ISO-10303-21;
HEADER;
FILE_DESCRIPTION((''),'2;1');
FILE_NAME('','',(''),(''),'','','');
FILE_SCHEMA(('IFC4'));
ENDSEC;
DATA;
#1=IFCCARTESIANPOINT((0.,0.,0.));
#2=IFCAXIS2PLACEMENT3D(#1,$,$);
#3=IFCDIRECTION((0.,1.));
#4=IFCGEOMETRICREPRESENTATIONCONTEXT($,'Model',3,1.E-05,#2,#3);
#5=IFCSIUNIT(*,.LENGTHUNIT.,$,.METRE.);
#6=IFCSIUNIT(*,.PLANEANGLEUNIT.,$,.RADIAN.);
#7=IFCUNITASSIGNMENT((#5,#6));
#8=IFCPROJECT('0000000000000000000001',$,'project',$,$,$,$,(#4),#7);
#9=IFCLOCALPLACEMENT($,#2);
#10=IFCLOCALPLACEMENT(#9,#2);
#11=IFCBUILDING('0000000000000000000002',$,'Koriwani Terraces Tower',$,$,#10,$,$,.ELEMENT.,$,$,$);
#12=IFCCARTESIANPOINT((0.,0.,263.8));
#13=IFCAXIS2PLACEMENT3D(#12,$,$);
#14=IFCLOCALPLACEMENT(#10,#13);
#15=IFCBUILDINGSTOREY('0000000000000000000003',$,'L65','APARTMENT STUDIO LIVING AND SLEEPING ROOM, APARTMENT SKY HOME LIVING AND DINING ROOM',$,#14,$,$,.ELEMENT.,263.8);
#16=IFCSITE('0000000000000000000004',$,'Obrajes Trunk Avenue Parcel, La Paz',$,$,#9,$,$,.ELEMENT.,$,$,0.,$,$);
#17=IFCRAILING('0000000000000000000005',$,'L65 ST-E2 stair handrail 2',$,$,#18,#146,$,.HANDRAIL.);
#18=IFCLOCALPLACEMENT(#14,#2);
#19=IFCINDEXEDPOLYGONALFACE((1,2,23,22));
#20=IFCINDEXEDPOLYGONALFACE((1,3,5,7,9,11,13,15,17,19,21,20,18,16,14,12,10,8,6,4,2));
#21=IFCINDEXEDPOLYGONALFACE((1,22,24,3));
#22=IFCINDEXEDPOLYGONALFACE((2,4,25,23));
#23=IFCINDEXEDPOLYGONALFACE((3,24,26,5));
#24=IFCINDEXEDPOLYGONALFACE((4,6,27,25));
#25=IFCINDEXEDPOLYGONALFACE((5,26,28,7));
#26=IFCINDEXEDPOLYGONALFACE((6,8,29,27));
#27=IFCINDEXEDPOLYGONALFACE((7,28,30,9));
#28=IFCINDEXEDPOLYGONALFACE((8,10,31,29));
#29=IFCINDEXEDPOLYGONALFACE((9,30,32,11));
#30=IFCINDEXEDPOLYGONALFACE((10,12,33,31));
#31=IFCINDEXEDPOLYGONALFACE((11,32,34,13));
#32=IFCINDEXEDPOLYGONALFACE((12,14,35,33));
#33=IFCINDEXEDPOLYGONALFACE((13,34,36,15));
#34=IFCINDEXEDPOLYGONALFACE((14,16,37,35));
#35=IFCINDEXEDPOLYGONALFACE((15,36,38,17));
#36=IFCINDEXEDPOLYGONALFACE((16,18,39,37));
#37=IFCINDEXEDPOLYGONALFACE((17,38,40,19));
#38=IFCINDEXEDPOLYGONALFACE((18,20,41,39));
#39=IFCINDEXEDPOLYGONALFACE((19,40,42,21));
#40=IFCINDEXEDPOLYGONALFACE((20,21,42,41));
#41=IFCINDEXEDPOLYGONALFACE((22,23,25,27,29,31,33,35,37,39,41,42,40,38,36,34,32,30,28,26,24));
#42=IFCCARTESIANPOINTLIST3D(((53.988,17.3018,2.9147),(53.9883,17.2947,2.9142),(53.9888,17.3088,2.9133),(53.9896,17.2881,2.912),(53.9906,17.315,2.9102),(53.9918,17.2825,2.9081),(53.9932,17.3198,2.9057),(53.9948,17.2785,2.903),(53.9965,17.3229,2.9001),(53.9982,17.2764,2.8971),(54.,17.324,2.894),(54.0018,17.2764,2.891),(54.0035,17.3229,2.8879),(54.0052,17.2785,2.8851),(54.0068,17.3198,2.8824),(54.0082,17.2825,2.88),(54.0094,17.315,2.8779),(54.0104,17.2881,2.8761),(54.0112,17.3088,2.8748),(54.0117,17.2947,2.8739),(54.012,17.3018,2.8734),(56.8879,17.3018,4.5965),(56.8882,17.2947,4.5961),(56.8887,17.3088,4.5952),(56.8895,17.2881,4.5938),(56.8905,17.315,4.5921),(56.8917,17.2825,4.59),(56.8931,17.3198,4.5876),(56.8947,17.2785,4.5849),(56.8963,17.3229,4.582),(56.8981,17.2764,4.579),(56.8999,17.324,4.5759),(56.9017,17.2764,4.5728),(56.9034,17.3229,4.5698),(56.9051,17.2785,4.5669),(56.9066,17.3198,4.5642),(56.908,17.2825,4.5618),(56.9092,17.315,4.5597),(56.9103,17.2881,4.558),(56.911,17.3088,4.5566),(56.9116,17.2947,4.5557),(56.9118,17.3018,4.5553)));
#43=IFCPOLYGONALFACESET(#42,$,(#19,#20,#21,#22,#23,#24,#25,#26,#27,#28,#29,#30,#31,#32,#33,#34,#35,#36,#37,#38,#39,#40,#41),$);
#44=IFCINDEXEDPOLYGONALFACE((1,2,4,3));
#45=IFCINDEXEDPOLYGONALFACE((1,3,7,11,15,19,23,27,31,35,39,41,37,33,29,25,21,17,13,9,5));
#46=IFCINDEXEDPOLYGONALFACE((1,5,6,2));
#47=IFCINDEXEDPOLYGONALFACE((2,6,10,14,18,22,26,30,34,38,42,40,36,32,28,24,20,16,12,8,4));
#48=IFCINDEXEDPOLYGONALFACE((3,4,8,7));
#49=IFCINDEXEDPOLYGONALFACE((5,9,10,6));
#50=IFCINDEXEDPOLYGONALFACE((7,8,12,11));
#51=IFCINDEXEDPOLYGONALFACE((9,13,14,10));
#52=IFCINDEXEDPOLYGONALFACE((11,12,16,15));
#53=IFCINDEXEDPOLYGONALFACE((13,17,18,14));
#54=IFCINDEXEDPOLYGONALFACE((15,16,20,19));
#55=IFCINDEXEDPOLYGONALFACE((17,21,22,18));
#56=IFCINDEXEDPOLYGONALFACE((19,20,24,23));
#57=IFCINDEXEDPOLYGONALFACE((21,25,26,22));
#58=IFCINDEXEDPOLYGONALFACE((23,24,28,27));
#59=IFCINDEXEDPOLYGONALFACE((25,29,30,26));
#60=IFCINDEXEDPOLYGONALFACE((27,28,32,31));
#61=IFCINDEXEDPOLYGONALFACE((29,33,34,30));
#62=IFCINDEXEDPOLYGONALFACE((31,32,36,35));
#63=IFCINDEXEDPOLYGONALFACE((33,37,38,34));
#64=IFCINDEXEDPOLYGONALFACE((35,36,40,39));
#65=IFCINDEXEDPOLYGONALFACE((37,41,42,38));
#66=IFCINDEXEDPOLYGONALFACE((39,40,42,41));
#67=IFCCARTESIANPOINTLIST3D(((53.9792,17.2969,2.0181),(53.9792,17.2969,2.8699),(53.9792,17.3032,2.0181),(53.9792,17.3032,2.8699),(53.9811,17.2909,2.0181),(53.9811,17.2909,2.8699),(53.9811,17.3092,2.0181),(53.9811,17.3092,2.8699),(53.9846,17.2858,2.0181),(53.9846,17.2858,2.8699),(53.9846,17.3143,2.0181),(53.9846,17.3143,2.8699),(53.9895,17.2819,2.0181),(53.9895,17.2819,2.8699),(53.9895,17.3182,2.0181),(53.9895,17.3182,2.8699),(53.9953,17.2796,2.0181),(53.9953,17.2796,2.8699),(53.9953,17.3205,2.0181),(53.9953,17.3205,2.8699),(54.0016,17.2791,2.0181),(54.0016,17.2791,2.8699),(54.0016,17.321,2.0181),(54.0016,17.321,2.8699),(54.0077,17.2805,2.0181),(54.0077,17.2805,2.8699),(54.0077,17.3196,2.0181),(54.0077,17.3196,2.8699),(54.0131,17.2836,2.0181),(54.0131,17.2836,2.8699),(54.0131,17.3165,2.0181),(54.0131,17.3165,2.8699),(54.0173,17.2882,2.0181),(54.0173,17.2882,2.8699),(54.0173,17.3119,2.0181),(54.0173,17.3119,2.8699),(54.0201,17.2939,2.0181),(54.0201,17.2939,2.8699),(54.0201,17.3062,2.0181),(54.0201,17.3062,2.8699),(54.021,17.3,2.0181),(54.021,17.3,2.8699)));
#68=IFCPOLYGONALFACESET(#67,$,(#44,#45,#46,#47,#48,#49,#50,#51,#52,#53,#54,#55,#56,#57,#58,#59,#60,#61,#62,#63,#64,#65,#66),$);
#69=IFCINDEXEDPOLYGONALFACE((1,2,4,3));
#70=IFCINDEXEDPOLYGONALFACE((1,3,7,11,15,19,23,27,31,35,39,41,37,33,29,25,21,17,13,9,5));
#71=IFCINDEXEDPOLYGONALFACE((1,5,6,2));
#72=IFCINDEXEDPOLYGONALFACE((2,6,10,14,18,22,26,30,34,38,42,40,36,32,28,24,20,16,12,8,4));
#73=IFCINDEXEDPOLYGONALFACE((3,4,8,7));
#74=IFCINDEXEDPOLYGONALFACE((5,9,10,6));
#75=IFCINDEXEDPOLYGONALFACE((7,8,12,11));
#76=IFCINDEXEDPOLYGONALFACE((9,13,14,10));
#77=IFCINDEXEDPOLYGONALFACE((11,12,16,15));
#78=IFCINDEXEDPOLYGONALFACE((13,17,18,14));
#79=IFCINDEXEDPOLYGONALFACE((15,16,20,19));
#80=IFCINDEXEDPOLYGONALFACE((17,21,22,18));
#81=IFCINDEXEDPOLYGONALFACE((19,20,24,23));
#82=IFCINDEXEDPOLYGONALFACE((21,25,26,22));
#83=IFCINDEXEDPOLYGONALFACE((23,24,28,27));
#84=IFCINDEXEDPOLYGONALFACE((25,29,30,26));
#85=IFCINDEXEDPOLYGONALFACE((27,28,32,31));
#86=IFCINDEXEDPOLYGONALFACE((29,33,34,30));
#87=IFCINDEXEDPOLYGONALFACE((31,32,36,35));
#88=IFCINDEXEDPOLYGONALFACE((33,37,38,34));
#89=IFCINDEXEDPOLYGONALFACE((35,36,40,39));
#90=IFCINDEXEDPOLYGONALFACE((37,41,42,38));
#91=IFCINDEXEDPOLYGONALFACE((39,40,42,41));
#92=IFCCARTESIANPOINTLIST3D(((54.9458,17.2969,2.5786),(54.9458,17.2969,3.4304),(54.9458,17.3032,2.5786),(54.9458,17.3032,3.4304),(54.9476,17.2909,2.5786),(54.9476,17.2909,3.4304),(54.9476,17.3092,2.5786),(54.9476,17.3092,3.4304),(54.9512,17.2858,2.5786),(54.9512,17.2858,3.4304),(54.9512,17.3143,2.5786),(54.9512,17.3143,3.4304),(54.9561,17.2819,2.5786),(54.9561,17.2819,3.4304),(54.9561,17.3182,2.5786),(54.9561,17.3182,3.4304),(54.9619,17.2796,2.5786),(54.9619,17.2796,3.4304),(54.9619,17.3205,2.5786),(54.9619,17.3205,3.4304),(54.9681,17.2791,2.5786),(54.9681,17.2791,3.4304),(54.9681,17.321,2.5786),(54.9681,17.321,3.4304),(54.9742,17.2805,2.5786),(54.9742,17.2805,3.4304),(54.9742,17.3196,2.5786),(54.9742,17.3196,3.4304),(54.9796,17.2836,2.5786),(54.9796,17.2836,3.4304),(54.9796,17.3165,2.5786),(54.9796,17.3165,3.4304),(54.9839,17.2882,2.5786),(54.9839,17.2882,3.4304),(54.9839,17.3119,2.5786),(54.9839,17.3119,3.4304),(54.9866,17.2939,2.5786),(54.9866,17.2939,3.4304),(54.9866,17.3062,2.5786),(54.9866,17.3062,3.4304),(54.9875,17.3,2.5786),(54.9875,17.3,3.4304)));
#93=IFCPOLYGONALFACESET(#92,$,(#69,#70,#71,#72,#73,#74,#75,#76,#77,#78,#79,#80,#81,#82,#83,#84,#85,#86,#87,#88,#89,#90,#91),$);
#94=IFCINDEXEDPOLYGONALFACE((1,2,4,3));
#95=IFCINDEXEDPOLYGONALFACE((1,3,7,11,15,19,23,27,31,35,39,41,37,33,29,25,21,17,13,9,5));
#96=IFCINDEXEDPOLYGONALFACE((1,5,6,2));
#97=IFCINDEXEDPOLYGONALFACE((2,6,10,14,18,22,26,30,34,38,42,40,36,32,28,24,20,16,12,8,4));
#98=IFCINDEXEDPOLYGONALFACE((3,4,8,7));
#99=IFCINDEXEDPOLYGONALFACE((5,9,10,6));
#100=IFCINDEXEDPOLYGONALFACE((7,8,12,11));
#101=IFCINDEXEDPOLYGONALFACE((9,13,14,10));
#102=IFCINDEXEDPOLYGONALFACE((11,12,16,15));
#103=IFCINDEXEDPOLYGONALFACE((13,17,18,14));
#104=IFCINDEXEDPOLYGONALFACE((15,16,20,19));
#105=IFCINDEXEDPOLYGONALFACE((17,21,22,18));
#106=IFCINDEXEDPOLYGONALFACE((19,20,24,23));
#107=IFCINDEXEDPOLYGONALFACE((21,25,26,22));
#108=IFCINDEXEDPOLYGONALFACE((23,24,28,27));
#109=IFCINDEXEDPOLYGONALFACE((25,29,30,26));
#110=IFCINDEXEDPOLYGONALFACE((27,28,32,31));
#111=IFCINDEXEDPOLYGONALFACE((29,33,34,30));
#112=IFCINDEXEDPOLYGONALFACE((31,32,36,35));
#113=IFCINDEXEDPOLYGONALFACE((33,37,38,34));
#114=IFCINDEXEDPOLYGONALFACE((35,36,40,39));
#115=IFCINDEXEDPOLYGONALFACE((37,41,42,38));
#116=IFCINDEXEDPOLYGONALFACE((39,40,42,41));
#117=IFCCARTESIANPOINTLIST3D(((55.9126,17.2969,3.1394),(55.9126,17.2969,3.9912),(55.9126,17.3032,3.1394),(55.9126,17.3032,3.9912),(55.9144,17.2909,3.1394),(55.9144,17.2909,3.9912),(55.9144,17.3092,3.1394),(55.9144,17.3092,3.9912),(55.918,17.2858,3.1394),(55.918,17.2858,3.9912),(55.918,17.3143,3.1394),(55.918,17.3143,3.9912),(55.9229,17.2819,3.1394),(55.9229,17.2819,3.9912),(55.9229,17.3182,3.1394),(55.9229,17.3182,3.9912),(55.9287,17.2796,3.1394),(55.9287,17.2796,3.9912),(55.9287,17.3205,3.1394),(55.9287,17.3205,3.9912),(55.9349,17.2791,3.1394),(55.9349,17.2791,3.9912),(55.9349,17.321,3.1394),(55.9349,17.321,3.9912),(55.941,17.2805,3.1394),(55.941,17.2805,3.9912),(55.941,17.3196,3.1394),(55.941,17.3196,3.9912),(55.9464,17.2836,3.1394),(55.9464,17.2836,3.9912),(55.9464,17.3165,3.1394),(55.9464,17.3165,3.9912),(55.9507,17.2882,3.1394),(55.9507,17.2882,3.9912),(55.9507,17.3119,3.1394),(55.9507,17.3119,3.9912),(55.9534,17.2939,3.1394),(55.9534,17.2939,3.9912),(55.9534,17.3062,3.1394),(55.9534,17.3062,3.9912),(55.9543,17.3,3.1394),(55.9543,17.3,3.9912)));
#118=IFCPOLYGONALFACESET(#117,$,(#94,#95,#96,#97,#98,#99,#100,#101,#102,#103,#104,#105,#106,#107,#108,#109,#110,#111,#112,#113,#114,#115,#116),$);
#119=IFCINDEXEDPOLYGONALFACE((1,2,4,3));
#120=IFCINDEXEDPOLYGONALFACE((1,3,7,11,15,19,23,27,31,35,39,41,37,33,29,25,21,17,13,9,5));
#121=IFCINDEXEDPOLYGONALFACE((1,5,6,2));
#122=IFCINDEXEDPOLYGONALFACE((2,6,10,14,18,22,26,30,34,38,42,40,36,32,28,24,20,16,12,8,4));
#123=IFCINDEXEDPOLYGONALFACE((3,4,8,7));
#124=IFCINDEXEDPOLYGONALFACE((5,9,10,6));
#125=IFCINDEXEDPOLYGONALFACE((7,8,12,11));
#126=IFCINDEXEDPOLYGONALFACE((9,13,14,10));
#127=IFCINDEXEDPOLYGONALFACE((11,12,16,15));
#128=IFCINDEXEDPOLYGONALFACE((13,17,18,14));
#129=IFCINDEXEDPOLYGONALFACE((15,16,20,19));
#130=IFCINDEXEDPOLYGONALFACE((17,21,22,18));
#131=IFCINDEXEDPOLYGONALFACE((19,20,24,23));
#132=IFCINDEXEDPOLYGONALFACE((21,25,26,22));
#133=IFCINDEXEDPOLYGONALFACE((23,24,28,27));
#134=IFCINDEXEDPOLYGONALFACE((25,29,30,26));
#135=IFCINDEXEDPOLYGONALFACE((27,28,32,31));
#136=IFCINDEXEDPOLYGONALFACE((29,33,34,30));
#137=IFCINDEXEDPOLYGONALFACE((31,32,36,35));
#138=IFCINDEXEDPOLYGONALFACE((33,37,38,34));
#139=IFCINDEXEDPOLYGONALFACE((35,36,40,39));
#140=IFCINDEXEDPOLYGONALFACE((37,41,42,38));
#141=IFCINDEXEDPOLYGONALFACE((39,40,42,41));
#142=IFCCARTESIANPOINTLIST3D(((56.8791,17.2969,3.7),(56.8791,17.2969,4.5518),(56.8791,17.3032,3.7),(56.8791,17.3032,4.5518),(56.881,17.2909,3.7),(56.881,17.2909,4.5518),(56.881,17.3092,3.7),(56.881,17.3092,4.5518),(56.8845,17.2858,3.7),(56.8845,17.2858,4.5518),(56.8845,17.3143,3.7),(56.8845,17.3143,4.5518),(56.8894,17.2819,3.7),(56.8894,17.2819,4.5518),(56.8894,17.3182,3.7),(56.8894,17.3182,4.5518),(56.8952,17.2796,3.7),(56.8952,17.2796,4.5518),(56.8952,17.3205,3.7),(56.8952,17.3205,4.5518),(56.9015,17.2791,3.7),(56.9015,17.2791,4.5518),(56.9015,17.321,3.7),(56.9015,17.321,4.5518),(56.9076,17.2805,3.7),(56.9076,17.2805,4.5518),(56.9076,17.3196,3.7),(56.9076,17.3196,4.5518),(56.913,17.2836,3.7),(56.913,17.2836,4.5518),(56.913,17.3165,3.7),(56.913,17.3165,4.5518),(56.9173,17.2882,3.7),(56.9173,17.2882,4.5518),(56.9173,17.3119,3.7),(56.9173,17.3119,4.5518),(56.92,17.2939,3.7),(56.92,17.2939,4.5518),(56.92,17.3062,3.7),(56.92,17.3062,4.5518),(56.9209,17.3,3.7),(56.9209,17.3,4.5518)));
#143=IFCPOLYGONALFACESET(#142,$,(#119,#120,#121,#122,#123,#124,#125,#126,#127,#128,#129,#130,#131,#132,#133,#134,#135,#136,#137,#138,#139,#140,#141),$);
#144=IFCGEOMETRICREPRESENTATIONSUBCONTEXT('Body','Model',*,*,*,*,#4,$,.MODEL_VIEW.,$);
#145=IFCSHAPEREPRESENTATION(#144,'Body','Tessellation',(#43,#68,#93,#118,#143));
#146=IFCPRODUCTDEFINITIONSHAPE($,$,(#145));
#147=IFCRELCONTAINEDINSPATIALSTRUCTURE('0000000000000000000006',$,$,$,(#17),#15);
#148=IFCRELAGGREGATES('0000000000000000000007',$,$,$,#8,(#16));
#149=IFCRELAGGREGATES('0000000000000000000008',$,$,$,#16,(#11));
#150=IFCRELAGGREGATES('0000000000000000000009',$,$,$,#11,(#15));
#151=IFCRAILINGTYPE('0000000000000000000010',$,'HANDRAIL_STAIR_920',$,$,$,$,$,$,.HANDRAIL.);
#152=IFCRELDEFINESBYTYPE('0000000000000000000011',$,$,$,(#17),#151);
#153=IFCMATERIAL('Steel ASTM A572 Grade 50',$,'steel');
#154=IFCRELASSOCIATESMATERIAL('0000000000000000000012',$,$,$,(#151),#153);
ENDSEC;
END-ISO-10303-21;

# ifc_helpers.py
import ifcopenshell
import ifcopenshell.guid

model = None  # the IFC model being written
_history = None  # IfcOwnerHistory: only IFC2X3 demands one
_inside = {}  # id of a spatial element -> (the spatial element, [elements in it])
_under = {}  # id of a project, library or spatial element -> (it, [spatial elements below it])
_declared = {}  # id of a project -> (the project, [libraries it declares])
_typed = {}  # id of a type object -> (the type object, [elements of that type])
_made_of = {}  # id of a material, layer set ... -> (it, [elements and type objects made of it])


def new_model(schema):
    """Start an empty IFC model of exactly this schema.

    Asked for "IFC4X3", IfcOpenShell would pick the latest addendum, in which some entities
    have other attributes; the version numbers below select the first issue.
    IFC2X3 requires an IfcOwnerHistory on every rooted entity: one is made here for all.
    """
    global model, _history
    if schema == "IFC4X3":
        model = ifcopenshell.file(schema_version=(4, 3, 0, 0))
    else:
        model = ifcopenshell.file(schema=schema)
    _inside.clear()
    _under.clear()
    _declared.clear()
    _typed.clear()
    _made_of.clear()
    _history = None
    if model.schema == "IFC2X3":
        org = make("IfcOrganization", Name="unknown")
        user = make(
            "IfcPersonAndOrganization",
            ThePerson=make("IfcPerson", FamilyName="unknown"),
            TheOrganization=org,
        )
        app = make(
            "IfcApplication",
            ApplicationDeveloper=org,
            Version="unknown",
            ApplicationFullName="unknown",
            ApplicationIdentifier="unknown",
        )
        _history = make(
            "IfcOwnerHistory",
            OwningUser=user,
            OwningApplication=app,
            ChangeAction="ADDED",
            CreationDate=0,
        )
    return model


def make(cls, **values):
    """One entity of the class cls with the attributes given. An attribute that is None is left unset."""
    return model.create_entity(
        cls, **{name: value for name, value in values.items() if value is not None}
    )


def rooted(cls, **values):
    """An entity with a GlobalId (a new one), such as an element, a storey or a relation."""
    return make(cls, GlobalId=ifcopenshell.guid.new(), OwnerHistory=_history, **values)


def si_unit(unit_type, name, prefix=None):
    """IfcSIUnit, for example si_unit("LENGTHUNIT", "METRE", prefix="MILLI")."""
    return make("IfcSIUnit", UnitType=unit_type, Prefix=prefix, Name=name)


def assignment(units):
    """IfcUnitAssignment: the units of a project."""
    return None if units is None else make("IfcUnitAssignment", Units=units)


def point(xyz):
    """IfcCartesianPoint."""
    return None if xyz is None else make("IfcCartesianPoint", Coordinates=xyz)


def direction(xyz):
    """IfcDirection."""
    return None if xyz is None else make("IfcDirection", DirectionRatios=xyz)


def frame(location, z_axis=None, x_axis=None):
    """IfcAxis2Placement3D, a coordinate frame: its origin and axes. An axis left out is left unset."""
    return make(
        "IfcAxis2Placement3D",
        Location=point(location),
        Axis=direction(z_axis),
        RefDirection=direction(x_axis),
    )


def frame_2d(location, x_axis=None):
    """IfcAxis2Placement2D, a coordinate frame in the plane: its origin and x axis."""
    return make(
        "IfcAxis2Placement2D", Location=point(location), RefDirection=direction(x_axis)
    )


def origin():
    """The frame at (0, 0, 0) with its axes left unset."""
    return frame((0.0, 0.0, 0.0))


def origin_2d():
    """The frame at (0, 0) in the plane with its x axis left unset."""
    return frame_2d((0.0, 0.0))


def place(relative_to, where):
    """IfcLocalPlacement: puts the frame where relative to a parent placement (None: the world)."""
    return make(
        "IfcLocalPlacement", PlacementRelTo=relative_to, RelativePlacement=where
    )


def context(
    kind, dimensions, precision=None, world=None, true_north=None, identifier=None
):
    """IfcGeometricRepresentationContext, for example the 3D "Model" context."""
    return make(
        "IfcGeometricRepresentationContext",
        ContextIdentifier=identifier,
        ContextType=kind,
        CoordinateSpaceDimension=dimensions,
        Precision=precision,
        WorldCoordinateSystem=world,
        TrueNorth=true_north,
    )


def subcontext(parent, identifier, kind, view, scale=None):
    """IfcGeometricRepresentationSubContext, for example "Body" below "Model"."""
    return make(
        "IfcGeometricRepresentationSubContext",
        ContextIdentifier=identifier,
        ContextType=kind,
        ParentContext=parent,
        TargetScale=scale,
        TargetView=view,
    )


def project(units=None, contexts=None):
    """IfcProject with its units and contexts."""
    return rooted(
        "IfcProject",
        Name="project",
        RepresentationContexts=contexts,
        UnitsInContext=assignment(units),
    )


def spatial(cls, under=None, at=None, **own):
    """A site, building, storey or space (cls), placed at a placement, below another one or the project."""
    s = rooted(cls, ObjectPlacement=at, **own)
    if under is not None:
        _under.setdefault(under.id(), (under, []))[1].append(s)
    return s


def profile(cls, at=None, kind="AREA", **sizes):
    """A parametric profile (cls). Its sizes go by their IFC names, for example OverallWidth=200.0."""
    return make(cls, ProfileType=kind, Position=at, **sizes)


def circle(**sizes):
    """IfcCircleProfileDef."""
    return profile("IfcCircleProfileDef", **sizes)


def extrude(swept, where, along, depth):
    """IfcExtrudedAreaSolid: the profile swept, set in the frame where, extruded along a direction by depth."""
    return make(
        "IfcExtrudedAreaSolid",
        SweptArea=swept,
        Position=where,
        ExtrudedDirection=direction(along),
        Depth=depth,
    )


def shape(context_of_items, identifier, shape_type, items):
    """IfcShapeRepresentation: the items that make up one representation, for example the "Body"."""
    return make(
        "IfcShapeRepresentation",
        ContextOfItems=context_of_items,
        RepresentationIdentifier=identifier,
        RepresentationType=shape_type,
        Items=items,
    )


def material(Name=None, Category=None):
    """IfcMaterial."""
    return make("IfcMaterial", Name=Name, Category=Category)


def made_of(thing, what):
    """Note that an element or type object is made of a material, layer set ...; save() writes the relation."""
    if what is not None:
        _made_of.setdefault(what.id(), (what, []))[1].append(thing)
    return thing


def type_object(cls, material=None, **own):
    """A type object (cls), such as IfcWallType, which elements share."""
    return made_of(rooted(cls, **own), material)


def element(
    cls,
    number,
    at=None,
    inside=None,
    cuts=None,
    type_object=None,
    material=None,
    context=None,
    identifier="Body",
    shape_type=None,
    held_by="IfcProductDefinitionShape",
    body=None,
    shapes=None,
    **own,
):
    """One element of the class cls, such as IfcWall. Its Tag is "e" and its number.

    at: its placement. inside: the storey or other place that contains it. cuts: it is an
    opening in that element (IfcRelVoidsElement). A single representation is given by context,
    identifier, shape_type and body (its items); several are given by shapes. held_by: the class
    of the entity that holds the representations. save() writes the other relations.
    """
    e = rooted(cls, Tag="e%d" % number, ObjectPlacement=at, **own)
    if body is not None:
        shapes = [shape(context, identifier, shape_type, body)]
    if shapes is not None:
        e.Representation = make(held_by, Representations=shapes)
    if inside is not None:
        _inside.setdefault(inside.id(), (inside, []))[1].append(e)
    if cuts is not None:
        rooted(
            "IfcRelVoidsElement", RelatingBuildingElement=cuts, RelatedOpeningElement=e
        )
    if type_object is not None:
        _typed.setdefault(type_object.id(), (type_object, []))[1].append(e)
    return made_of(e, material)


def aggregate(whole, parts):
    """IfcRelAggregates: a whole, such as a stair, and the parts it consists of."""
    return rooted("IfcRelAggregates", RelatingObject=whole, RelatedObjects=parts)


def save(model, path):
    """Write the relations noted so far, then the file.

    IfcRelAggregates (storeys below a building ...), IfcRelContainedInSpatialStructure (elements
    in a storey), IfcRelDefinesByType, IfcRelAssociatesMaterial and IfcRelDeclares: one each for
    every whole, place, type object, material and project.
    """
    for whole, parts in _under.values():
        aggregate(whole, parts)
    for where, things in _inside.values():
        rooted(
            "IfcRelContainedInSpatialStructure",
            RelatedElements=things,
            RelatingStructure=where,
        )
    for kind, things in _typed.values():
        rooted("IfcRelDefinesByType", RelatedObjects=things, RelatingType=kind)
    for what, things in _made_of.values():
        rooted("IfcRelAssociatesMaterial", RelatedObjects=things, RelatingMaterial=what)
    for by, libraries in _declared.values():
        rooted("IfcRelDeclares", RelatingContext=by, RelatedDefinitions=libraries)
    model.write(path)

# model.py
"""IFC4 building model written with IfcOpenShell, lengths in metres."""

from ifc_helpers import new_model, si_unit, direction, frame, origin, origin_2d, place, context, subcontext, project, spatial, circle, extrude, material, type_object, element, save


model = new_model("IFC4")

# Units and contexts
model_context = context("Model", 3, precision=1e-05, world=origin(), true_north=direction((0.0, 1.0)))
body_context = subcontext(model_context, "Body", "Model", "MODEL_VIEW")
ifc_project = project(units=[si_unit("LENGTHUNIT", "METRE"), si_unit("PLANEANGLEUNIT", "RADIAN")], contexts=[model_context])

# Site, building, storey
site_placement = place(None, origin())
site = spatial("IfcSite", under=ifc_project, at=site_placement, Name="Obrajes Trunk Avenue Parcel, La Paz", CompositionType="ELEMENT", RefElevation=0.0)
building_placement = place(site_placement, origin())
building = spatial("IfcBuilding", under=site, at=building_placement, Name="Koriwani Terraces Tower", CompositionType="ELEMENT")
storey_placement = place(building_placement, frame((0.0, 0.0, 263.8)))
storey = spatial("IfcBuildingStorey", under=building, at=storey_placement, Name="L65", Description="APARTMENT STUDIO LIVING AND SLEEPING ROOM, APARTMENT SKY HOME LIVING AND DINING ROOM", CompositionType="ELEMENT", Elevation=263.8)

# Shared definitions
ifc_material_1 = material(Name="Steel ASTM A572 Grade 50", Category="steel")

# Railing
railing_type_1 = type_object("IfcRailingType", Name="HANDRAIL_STAIR_920", PredefinedType="HANDRAIL", material=ifc_material_1)
railing_1_placement = place(storey_placement, frame((54.0, 17.3, 2.0181)))
element("IfcRailing", 1, at=railing_1_placement, inside=storey, type_object=railing_type_1, Name="L65 ST-E2 stair handrail 2", PredefinedType="HANDRAIL", context=body_context, shape_type="SweptSolid", body=[
    extrude(circle(Radius=0.0239, at=origin_2d()), frame((0.0, 0.0, 0.876), z_axis=(0.865039, 0.0, 0.501705), x_axis=(0.0, 1.0, 0.0)), (0.0, 0.0, 1.0), 3.3523),
    extrude(circle(Radius=0.021, at=origin_2d()), origin(), (0.0, 0.0, 1.0), 0.8518),
    extrude(circle(Radius=0.021, at=origin_2d()), frame((0.9666, 0.0, 0.5605)), (0.0, 0.0, 1.0), 0.8518),
    extrude(circle(Radius=0.021, at=origin_2d()), frame((1.9333, 0.0, 1.1213)), (0.0, 0.0, 1.0), 0.8518),
    extrude(circle(Radius=0.021, at=origin_2d()), frame((2.8999, 0.0, 1.6819)), (0.0, 0.0, 1.0), 0.8518),
])

save(model, "model.ifc")
